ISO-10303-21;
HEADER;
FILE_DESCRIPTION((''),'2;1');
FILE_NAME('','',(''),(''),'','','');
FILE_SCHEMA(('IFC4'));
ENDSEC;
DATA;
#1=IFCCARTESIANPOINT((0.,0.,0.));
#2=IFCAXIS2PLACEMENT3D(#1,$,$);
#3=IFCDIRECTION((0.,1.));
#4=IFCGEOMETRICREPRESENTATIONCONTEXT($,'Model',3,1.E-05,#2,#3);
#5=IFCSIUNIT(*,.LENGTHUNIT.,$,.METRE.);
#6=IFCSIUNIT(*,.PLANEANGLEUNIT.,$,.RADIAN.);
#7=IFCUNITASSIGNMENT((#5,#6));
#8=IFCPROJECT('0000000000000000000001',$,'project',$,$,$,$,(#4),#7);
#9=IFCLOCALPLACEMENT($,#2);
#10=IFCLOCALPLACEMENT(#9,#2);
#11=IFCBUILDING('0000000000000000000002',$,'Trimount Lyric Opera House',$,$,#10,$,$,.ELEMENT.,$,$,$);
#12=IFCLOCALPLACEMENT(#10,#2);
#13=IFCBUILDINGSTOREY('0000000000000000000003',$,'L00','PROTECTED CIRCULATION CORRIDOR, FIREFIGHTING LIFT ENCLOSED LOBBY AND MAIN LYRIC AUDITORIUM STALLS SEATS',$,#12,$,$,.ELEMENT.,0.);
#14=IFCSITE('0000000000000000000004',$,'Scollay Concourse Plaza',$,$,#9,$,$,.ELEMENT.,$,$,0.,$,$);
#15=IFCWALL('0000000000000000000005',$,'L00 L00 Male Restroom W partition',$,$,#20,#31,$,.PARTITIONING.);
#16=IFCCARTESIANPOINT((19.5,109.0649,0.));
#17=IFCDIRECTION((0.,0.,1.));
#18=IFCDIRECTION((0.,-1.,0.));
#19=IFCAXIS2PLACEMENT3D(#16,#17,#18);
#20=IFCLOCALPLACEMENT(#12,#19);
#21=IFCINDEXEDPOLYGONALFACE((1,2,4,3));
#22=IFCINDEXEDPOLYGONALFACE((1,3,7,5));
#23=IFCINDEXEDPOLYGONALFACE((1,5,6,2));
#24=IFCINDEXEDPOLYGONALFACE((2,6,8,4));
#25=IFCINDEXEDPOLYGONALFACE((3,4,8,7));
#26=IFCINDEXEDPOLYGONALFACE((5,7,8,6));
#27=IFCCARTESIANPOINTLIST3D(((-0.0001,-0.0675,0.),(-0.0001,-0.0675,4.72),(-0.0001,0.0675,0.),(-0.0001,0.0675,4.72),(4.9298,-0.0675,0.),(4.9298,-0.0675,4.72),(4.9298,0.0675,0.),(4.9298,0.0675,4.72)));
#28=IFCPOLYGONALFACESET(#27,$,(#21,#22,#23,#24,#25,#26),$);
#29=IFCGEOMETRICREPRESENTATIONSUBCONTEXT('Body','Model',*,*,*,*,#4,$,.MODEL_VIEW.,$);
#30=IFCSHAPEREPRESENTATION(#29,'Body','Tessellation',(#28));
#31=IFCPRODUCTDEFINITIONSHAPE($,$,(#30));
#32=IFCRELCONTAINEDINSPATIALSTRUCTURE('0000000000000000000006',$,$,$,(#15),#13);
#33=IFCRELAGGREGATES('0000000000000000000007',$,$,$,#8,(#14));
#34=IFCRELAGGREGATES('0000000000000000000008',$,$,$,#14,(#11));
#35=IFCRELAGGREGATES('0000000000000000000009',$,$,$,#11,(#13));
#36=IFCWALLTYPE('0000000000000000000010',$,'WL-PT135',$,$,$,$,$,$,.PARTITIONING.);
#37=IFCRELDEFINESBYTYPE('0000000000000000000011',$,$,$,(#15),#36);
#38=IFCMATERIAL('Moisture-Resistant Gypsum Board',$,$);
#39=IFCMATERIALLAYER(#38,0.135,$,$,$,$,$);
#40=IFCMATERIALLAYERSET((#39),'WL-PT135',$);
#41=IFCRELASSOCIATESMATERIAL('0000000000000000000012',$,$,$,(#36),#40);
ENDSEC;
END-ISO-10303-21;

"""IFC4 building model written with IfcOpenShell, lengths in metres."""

from ifc_helpers import new_model, si_unit, direction, frame, frame_2d, origin, place, context, subcontext, project, spatial, rectangle, extrude, material, layer, layer_set, type_object, element, save


model = new_model("IFC4")

# Units and contexts
model_context = context("Model", 3, precision=1e-05, world=origin(), true_north=direction((0.0, 1.0)))
body_context = subcontext(model_context, "Body", "Model", "MODEL_VIEW")
ifc_project = project(units=[si_unit("LENGTHUNIT", "METRE"), si_unit("PLANEANGLEUNIT", "RADIAN")], contexts=[model_context])

# Site, building, storey
site_placement = place(None, origin())
site = spatial("IfcSite", under=ifc_project, at=site_placement, Name="Scollay Concourse Plaza", CompositionType="ELEMENT", RefElevation=0.0)
building_placement = place(site_placement, origin())
building = spatial("IfcBuilding", under=site, at=building_placement, Name="Trimount Lyric Opera House", CompositionType="ELEMENT")
storey_placement = place(building_placement, origin())
storey = spatial("IfcBuildingStorey", under=building, at=storey_placement, Name="L00", Description="PROTECTED CIRCULATION CORRIDOR, FIREFIGHTING LIFT ENCLOSED LOBBY AND MAIN LYRIC AUDITORIUM STALLS SEATS", CompositionType="ELEMENT", Elevation=0.0)

# Shared definitions
ifc_material_1 = material(Name="Moisture-Resistant Gypsum Board")
ifc_layer_1 = layer(ifc_material_1, 0.135)
ifc_layer_set_1 = layer_set([ifc_layer_1], Name="WL-PT135")
wall_type_1 = type_object("IfcWallType", Name="WL-PT135", PredefinedType="PARTITIONING", material=ifc_layer_set_1)

# Wall
wall_1_placement = place(storey_placement, frame((19.5, 109.0649, 0.0), z_axis=(0.0, 0.0, 1.0), x_axis=(0.0, -1.0, 0.0)))
element("IfcWall", 1, at=wall_1_placement, inside=storey, type_object=wall_type_1, Name="L00 L00 Male Restroom W partition", PredefinedType="PARTITIONING", context=body_context, shape_type="SweptSolid", body=[
    extrude(rectangle(XDim=4.9299, YDim=0.135, at=frame_2d((2.4648, 0.0))), origin(), (0.0, 0.0, 1.0), 4.72),
])

save(model, "model.ifc")
